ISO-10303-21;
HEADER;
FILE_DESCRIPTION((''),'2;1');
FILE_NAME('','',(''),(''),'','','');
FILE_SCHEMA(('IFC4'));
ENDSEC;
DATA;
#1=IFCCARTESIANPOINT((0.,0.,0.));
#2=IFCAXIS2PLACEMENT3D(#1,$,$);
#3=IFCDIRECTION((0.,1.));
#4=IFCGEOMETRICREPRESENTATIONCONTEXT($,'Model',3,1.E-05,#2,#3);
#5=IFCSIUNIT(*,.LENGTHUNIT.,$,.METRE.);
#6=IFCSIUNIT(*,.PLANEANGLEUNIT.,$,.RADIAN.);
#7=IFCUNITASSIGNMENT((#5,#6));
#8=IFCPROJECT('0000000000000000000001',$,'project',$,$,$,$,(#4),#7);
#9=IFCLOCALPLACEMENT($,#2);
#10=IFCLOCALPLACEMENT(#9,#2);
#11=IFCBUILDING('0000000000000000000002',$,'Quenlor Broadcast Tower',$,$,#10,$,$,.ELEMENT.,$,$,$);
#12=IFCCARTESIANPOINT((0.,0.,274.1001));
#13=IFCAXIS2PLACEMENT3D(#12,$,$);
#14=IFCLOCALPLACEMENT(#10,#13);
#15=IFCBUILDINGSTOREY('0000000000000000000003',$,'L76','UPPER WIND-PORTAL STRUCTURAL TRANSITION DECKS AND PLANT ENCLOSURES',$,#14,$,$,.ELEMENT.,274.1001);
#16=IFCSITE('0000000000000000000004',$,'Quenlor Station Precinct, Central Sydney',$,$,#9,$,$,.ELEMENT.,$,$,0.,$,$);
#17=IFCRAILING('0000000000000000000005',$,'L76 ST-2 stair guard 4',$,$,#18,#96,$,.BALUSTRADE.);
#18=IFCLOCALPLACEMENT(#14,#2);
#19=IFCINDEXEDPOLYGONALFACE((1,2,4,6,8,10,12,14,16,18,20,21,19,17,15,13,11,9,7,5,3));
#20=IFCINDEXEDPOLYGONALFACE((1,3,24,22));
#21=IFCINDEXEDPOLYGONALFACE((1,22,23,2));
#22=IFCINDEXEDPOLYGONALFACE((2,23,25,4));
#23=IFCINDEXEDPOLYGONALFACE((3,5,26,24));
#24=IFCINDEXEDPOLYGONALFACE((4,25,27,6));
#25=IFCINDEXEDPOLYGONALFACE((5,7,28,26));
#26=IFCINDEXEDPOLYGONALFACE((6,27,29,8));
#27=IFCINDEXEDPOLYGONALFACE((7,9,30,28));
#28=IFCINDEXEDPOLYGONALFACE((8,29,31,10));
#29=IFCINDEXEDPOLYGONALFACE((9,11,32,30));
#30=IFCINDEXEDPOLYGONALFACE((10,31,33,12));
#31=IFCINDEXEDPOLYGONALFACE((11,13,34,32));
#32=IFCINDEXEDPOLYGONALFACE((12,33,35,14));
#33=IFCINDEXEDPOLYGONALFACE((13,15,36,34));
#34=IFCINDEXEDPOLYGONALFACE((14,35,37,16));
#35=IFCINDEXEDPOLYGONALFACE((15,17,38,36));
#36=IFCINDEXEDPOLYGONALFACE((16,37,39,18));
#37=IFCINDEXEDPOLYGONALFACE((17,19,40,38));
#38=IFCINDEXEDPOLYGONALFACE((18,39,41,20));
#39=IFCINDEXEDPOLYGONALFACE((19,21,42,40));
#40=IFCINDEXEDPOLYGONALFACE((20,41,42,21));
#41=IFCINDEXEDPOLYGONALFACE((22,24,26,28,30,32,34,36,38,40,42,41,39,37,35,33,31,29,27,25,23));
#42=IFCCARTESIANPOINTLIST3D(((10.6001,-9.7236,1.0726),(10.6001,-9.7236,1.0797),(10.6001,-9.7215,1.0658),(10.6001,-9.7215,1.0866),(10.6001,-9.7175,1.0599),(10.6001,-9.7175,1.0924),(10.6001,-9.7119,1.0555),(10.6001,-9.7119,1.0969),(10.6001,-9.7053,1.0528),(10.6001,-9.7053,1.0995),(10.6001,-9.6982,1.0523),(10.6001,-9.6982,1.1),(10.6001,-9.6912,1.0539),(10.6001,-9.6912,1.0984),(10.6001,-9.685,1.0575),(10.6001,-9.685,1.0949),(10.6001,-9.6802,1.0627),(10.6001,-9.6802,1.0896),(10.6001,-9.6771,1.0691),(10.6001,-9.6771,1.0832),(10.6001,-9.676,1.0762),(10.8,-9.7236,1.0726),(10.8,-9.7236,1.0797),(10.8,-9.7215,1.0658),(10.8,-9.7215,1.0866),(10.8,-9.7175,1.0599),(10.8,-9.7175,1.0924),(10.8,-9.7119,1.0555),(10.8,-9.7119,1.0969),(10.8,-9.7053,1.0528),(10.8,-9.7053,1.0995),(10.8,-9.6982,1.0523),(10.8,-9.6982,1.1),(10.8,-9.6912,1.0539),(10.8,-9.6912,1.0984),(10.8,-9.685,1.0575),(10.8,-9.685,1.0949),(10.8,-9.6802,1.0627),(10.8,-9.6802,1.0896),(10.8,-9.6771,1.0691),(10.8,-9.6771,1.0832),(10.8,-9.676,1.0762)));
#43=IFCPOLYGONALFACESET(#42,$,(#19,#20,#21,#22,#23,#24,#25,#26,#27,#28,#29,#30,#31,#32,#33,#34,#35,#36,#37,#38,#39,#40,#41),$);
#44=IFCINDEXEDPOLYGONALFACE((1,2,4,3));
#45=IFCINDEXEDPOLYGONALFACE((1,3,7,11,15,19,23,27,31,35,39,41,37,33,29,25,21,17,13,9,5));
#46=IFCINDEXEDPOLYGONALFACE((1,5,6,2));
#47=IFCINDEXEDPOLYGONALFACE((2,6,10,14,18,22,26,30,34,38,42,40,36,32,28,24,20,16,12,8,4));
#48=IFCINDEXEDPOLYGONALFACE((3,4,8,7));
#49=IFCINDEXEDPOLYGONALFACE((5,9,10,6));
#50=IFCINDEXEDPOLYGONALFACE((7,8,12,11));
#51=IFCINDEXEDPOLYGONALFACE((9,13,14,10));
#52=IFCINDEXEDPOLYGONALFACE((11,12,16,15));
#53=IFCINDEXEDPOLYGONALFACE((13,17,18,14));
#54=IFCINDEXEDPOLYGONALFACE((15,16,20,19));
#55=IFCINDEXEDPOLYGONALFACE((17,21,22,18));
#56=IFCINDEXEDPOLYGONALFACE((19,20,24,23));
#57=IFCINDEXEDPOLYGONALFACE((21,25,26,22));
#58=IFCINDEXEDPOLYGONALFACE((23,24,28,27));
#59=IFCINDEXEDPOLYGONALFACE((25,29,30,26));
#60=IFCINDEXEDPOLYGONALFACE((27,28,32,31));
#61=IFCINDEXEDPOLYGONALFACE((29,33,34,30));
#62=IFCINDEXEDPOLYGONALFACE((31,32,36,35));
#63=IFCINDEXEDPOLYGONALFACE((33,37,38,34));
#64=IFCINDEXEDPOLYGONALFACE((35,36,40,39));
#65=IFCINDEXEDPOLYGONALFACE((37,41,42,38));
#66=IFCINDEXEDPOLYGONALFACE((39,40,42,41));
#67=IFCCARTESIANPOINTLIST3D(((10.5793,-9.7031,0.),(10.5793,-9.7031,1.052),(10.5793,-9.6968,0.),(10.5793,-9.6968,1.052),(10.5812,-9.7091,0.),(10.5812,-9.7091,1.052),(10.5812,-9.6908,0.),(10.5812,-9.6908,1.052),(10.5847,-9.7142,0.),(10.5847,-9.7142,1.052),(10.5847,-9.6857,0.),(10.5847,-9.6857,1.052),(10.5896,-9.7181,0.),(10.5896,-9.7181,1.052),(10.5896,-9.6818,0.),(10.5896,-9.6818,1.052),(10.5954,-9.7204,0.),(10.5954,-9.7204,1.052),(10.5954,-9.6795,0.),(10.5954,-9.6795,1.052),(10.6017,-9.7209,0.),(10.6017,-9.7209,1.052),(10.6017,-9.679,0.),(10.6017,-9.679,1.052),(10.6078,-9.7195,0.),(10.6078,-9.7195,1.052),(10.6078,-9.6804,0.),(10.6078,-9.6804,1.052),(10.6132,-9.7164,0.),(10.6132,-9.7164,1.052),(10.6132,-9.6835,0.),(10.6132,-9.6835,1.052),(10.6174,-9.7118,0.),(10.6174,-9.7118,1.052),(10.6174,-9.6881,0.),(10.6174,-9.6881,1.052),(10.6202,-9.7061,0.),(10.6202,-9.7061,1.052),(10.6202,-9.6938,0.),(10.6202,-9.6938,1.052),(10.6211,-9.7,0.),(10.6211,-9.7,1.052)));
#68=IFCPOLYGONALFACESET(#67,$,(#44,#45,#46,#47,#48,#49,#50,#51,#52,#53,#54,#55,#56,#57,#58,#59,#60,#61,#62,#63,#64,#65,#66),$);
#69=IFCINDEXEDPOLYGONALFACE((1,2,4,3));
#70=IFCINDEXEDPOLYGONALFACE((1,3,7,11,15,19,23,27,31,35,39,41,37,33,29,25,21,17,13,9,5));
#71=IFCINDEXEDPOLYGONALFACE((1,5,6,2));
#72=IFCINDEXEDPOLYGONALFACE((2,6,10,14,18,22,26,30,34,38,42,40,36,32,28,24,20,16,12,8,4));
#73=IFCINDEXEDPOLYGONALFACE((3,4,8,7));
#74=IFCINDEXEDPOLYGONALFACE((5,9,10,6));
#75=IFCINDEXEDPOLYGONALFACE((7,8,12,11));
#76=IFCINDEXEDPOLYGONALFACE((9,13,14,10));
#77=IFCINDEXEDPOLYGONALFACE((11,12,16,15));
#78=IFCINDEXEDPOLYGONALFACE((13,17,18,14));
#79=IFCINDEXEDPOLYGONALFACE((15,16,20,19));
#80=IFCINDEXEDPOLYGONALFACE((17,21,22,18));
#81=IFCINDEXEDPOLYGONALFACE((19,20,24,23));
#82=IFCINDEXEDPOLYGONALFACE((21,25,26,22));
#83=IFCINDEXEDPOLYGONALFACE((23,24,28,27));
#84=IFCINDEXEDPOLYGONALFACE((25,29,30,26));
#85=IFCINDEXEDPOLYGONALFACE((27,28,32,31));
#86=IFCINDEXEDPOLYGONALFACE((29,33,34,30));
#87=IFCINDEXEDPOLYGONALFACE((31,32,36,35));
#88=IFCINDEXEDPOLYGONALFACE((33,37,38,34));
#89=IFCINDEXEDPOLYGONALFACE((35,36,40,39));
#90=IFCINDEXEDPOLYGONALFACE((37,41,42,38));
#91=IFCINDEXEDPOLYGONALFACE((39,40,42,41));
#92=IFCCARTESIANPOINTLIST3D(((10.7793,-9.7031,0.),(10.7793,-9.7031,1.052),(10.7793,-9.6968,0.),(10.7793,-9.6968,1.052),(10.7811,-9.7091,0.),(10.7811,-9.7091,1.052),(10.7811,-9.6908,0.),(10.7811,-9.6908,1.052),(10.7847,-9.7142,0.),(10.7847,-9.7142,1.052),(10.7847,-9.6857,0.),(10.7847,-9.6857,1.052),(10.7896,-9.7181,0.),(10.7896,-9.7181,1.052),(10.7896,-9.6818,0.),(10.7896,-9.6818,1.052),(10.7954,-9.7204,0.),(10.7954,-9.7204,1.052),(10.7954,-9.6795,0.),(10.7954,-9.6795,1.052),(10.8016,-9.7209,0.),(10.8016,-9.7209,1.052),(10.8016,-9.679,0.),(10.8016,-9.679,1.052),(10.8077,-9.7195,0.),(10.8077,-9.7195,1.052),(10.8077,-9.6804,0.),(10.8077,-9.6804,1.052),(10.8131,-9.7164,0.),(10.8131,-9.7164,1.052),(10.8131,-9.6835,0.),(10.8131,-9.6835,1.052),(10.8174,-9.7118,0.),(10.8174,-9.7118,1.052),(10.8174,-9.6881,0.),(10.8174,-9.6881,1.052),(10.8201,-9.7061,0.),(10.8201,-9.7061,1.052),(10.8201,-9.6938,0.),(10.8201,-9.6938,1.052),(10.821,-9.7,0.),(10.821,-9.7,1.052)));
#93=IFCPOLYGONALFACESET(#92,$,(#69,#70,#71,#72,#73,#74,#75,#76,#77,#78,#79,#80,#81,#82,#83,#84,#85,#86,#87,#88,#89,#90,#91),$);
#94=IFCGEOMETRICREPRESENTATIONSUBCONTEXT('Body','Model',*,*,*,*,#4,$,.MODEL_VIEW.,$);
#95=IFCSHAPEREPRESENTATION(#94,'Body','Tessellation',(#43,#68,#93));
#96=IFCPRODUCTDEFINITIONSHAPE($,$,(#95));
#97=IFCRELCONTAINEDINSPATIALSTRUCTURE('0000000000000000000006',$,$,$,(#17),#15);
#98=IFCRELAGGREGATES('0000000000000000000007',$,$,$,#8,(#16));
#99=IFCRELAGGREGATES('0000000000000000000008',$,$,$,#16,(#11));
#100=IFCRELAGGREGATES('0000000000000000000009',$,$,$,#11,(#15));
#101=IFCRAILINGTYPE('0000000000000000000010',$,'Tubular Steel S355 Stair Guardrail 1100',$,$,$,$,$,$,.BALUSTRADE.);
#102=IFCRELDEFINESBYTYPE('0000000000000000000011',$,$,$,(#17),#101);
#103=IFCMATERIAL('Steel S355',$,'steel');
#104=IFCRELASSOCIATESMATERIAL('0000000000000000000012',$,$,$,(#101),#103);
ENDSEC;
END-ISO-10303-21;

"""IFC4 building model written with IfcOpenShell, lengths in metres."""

from ifc_helpers import new_model, si_unit, direction, frame, origin, origin_2d, place, context, subcontext, project, spatial, circle, extrude, material, type_object, element, save


model = new_model("IFC4")

# Units and contexts
model_context = context("Model", 3, precision=1e-05, world=origin(), true_north=direction((0.0, 1.0)))
body_context = subcontext(model_context, "Body", "Model", "MODEL_VIEW")
ifc_project = project(units=[si_unit("LENGTHUNIT", "METRE"), si_unit("PLANEANGLEUNIT", "RADIAN")], contexts=[model_context])

# Site, building, storey
site_placement = place(None, origin())
site = spatial("IfcSite", under=ifc_project, at=site_placement, Name="Quenlor Station Precinct, Central Sydney", CompositionType="ELEMENT", RefElevation=0.0)
building_placement = place(site_placement, origin())
building = spatial("IfcBuilding", under=site, at=building_placement, Name="Quenlor Broadcast Tower", CompositionType="ELEMENT")
storey_placement = place(building_placement, frame((0.0, 0.0, 274.1001)))
storey = spatial("IfcBuildingStorey", under=building, at=storey_placement, Name="L76", Description="UPPER WIND-PORTAL STRUCTURAL TRANSITION DECKS AND PLANT ENCLOSURES", CompositionType="ELEMENT", Elevation=274.1001)

# Railing
ifc_material_1 = material(Name="Steel S355", Category="steel")
railing_type_1 = type_object("IfcRailingType", Name="Tubular Steel S355 Stair Guardrail 1100", PredefinedType="BALUSTRADE", material=ifc_material_1)
railing_1_placement = place(storey_placement, frame((10.6001, -9.7, 0.0)))
element("IfcRailing", 1, at=railing_1_placement, inside=storey, type_object=railing_type_1, Name="L76 ST-2 stair guard 4", PredefinedType="BALUSTRADE", context=body_context, shape_type="SweptSolid", body=[
    extrude(circle(Radius=0.0239, at=origin_2d()), frame((0.0, 0.0, 1.0762), z_axis=(1.0, 0.0, 0.0), x_axis=(0.0, 1.0, 0.0)), (0.0, 0.0, 1.0), 0.2),
    extrude(circle(Radius=0.021, at=origin_2d()), origin(), (0.0, 0.0, 1.0), 1.052),
    extrude(circle(Radius=0.021, at=origin_2d()), frame((0.2, 0.0, 0.0)), (0.0, 0.0, 1.0), 1.052),
])

save(model, "model.ifc")
